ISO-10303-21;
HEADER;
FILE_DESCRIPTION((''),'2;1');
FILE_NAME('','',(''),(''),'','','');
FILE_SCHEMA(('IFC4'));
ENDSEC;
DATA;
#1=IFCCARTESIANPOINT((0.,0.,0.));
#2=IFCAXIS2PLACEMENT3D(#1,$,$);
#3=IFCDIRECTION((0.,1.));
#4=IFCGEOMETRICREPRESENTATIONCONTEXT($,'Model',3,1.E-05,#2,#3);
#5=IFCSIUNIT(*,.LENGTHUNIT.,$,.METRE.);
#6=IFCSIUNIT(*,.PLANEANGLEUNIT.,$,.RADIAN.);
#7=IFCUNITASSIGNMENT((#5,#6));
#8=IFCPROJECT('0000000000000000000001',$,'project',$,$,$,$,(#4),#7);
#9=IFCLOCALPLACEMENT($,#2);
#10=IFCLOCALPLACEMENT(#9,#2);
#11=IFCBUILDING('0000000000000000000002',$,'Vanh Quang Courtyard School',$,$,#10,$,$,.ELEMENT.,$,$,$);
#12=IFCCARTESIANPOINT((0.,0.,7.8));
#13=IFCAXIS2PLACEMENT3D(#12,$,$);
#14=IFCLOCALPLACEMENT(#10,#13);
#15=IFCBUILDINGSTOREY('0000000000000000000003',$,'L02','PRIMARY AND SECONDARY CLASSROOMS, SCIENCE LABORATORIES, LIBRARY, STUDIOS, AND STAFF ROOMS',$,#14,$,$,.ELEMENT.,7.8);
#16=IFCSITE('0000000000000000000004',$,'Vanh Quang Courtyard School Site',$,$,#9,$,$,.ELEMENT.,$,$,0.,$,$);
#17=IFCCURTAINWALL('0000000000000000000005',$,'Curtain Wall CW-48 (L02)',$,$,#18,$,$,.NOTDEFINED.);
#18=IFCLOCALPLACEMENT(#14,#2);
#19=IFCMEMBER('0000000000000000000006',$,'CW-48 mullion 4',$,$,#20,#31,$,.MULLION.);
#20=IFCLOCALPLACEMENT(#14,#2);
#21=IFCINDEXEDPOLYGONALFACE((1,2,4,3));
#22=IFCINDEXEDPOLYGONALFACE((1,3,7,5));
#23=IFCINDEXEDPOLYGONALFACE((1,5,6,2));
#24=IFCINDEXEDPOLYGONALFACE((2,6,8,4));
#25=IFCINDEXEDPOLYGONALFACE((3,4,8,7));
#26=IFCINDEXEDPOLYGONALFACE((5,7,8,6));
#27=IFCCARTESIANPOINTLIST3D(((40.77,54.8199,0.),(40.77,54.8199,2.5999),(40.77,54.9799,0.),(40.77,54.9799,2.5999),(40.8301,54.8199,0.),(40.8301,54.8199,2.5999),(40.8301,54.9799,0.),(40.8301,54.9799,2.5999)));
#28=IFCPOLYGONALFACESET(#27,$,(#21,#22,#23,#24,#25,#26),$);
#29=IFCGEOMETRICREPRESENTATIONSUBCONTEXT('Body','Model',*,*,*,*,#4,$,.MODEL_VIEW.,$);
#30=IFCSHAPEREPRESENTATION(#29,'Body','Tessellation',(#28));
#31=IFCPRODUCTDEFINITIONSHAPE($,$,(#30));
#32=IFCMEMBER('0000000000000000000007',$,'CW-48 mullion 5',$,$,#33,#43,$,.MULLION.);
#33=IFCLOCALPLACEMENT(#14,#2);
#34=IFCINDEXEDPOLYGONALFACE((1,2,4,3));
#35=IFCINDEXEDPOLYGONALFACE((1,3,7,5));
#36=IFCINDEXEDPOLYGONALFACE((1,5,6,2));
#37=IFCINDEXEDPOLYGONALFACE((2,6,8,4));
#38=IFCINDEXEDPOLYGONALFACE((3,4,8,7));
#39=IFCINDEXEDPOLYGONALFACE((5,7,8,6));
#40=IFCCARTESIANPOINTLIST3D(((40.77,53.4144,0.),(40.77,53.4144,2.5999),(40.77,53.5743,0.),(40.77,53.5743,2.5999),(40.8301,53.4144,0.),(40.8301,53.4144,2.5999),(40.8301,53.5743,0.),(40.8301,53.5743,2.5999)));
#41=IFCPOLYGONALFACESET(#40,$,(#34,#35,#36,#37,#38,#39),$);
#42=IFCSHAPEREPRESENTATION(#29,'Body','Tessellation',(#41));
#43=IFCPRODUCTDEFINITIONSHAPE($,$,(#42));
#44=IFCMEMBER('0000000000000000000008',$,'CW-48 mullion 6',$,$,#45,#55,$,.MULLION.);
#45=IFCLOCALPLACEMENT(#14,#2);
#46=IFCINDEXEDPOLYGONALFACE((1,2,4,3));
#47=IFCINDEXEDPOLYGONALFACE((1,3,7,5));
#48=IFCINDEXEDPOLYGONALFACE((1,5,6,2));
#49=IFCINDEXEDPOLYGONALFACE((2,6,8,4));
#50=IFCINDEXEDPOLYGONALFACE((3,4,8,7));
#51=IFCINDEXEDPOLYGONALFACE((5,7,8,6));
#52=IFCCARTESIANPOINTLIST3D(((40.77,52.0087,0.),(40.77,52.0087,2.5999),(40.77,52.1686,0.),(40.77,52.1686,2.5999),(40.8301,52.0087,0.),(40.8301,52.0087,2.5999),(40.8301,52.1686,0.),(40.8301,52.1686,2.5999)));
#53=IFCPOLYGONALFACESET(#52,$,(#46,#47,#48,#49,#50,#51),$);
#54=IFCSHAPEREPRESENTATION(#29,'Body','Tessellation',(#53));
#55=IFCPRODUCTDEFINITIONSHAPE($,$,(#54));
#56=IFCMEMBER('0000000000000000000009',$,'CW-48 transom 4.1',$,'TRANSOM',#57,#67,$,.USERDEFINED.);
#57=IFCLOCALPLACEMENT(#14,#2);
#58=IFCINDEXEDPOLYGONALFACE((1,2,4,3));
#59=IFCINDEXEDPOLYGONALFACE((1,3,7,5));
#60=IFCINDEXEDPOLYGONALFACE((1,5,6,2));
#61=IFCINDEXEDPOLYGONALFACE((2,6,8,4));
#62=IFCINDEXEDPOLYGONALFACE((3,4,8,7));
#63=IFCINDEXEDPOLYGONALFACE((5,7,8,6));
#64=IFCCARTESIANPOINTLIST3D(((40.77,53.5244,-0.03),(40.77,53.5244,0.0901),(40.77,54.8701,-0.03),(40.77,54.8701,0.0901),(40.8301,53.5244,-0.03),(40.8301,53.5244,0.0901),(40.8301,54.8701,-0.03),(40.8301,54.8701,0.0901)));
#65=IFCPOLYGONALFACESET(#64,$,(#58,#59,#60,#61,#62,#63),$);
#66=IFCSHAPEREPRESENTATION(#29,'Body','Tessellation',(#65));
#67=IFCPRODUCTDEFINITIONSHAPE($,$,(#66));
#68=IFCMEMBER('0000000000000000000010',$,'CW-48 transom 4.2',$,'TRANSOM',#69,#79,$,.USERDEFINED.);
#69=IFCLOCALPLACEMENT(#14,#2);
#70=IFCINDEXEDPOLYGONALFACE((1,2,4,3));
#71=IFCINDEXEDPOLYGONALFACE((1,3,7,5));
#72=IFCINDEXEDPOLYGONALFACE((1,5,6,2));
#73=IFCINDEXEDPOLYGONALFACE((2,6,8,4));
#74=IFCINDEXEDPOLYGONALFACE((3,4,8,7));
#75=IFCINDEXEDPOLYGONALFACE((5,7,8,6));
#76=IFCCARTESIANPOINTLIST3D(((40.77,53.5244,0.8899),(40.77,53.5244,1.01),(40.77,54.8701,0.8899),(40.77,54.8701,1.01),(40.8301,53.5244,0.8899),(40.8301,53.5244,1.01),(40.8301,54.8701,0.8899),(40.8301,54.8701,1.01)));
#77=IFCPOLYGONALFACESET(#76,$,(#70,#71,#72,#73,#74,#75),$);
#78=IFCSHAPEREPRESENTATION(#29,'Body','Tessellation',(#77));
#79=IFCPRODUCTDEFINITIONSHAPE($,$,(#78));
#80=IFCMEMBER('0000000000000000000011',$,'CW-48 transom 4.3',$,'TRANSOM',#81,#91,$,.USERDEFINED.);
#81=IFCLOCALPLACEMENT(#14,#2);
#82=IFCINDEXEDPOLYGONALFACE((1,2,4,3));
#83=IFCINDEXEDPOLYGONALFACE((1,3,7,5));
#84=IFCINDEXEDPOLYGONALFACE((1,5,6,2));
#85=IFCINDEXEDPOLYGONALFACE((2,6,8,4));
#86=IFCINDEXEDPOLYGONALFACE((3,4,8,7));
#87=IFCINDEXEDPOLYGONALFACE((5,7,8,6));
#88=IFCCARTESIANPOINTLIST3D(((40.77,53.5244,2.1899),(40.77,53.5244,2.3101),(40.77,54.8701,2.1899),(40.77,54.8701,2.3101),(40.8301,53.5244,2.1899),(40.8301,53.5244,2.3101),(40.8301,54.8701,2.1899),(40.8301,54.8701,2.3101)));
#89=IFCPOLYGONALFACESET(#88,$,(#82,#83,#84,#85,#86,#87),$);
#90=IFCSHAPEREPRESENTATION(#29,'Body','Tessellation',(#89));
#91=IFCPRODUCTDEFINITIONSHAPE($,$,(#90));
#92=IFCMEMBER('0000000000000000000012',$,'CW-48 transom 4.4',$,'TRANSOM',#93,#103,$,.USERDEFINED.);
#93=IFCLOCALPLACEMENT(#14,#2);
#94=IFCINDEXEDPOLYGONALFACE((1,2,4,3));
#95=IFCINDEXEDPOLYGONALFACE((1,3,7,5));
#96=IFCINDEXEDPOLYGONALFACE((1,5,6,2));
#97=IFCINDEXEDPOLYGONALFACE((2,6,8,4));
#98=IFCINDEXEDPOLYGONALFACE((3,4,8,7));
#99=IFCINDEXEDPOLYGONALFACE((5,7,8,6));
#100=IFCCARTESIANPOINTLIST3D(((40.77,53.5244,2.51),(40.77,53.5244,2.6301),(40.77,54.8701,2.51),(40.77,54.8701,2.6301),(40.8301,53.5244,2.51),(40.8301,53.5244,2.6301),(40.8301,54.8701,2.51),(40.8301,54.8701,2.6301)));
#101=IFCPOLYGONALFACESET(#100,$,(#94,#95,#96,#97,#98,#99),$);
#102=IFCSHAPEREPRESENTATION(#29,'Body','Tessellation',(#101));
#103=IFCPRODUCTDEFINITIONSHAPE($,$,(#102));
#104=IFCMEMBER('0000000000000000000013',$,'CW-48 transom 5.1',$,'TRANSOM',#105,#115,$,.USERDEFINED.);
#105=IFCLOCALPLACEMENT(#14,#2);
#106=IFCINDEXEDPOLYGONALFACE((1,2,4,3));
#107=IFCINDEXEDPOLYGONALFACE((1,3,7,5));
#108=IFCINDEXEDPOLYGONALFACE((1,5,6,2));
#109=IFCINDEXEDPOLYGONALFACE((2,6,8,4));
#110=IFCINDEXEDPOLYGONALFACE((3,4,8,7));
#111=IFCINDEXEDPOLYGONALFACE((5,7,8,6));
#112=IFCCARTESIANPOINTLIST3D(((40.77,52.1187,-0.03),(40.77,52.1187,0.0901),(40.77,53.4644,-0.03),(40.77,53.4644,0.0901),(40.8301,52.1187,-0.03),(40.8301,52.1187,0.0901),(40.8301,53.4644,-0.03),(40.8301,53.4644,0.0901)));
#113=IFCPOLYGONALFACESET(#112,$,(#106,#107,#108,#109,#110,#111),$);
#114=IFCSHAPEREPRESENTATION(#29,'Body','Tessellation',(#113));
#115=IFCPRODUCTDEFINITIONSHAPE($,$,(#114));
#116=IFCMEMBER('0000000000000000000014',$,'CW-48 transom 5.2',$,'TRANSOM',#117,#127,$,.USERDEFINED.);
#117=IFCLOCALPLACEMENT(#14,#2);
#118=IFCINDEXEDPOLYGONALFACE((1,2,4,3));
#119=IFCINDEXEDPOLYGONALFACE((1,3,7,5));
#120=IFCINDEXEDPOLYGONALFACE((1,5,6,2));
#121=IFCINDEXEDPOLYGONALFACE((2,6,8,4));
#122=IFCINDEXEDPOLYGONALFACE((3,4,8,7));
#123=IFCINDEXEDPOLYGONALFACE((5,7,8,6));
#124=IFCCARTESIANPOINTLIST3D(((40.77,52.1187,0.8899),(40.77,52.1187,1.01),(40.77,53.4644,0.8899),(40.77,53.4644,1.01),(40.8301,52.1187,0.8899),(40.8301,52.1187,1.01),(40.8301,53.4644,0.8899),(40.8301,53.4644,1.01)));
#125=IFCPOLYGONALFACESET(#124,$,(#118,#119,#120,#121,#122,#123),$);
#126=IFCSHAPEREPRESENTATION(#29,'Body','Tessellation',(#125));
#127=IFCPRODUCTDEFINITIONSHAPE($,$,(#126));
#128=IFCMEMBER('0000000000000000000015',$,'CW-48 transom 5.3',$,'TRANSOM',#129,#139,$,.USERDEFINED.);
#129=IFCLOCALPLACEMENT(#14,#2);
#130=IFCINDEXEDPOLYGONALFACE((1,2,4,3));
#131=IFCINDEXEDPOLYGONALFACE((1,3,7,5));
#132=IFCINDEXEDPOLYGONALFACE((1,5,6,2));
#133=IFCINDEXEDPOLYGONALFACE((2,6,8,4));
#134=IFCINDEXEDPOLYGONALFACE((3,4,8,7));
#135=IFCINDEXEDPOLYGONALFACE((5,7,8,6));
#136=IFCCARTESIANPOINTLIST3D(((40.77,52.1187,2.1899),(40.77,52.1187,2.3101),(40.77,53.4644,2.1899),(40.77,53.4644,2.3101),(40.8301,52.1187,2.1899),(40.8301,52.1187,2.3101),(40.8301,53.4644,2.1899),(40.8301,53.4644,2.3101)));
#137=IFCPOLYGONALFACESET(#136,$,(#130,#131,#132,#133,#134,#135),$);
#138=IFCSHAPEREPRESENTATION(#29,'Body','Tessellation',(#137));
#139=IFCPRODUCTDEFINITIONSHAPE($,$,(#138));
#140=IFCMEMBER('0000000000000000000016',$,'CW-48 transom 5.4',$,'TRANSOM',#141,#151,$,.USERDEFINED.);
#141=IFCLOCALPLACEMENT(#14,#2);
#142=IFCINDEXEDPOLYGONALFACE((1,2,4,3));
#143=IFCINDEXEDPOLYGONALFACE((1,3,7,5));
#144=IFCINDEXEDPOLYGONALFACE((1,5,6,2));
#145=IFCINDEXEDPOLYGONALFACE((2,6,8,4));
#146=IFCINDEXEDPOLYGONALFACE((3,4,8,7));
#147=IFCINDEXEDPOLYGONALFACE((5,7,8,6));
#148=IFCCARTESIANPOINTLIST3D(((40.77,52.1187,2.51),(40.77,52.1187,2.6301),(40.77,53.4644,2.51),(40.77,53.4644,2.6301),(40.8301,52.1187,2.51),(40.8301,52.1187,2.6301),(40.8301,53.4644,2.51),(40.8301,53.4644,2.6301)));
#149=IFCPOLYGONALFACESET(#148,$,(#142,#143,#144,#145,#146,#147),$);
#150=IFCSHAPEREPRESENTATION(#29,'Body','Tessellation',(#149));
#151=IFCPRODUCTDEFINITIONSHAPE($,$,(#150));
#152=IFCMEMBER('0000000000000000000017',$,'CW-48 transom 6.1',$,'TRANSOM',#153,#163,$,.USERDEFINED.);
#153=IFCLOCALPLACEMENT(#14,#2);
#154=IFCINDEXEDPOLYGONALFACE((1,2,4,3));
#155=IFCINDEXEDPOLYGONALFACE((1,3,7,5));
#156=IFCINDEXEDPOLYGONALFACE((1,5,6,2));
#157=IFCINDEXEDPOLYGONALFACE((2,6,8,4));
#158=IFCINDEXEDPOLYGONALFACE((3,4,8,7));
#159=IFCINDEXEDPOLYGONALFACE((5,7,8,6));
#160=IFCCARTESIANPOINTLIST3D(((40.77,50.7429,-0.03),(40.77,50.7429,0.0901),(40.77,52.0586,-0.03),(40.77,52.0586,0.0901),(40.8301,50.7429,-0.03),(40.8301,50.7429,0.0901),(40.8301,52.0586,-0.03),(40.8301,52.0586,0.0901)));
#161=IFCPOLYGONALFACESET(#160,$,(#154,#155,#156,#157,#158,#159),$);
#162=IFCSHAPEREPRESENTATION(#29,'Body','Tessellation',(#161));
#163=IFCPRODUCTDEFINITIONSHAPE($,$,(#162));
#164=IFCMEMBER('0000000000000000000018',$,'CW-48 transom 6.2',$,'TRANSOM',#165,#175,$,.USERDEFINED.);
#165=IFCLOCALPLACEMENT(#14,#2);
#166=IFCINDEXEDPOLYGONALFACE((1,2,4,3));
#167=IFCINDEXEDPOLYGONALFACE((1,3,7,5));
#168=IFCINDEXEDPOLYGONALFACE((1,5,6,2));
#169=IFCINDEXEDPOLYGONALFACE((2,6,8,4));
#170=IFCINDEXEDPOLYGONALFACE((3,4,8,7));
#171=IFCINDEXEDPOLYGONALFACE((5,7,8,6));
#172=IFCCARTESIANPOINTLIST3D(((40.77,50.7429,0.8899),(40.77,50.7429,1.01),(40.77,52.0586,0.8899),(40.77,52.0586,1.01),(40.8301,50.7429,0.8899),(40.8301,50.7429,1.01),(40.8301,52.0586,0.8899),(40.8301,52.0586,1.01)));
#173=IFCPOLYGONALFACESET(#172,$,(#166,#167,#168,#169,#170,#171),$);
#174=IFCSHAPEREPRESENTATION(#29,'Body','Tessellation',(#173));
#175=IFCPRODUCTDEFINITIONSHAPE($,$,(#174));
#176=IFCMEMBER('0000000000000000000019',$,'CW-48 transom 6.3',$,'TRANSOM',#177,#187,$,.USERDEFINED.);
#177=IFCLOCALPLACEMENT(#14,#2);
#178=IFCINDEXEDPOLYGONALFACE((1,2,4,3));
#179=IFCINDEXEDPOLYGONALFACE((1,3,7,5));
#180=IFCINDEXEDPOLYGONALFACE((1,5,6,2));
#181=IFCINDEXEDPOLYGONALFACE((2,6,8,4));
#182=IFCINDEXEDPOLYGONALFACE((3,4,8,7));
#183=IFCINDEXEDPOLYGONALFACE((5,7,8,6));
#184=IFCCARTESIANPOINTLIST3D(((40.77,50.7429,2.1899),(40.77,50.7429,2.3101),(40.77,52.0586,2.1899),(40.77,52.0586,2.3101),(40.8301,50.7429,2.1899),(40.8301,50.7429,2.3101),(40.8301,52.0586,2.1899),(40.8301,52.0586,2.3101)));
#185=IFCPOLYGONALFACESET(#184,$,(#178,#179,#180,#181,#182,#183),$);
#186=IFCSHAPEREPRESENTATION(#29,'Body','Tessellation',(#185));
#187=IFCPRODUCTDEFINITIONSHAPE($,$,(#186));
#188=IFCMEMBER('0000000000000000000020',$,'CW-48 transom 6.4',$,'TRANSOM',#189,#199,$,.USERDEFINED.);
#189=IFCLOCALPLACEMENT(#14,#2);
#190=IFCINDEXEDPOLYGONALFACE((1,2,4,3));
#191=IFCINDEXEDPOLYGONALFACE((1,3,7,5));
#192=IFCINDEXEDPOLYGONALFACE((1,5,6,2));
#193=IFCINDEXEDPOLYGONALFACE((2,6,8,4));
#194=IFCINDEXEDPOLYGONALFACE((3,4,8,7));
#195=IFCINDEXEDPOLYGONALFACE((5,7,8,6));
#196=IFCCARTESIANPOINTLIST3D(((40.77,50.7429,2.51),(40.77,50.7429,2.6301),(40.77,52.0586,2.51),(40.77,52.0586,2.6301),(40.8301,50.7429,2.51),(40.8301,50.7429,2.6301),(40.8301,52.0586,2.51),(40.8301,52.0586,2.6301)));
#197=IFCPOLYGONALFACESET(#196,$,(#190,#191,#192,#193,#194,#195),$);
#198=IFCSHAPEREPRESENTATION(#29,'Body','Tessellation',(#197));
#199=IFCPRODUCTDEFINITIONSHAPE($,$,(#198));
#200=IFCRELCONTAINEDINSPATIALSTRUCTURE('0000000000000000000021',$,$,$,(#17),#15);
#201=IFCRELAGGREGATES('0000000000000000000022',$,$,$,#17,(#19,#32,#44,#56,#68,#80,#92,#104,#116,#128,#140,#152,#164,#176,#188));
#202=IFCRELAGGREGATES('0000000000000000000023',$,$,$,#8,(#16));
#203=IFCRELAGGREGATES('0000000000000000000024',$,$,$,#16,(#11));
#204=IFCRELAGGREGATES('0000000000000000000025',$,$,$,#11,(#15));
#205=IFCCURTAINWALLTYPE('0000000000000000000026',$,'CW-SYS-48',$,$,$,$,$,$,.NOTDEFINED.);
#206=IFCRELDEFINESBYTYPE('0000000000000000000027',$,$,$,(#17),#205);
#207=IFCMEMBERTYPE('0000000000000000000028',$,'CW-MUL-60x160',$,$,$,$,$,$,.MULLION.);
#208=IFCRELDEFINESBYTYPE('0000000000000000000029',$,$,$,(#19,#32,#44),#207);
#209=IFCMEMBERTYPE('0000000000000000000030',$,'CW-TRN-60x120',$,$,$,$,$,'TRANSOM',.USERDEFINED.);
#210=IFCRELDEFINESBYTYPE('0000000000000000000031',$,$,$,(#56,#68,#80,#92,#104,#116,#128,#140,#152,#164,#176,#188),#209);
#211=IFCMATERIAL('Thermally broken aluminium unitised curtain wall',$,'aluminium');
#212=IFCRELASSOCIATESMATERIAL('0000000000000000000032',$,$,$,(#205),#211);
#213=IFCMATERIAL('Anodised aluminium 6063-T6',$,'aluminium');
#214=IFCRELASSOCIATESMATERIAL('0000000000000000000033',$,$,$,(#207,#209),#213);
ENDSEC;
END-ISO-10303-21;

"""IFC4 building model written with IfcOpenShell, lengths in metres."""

from ifc_helpers import new_model, si_unit, direction, frame, origin, origin_2d, place, context, subcontext, project, spatial, rectangle, extrude, material, material_profile, profile_set, type_object, element, aggregate, save


model = new_model("IFC4")

# Units and contexts
model_context = context("Model", 3, precision=1e-05, world=origin(), true_north=direction((0.0, 1.0)))
body_context = subcontext(model_context, "Body", "Model", "MODEL_VIEW")
ifc_project = project(units=[si_unit("LENGTHUNIT", "METRE"), si_unit("PLANEANGLEUNIT", "RADIAN")], contexts=[model_context])

# Site, building, storey
site_placement = place(None, origin())
site = spatial("IfcSite", under=ifc_project, at=site_placement, Name="Vanh Quang Courtyard School Site", CompositionType="ELEMENT", RefElevation=0.0)
building_placement = place(site_placement, origin())
building = spatial("IfcBuilding", under=site, at=building_placement, Name="Vanh Quang Courtyard School", CompositionType="ELEMENT")
storey_placement = place(building_placement, frame((0.0, 0.0, 7.8)))
storey = spatial("IfcBuildingStorey", under=building, at=storey_placement, Name="L02", Description="PRIMARY AND SECONDARY CLASSROOMS, SCIENCE LABORATORIES, LIBRARY, STUDIOS, AND STAFF ROOMS", CompositionType="ELEMENT", Elevation=7.8)

# Curtain wall, members
ifc_material_1 = material(Name="Thermally broken aluminium unitised curtain wall", Category="aluminium")
curtain_wall_type = type_object("IfcCurtainWallType", Name="CW-SYS-48", PredefinedType="NOTDEFINED", material=ifc_material_1)
curtain_wall_placement = place(storey_placement, origin())
curtain_wall = element("IfcCurtainWall", 1, at=curtain_wall_placement, inside=storey, type_object=curtain_wall_type, Name="Curtain Wall CW-48 (L02)", PredefinedType="NOTDEFINED")
ifc_material_2 = material(Name="Anodised aluminium 6063-T6", Category="aluminium")
ifc_material_profile_1 = material_profile(ifc_material_2, rectangle(XDim=0.0601, YDim=0.1599, at=origin_2d()), Name="ALU-MUL 60x160")
ifc_profile_set_1 = profile_set([ifc_material_profile_1], Name="Anodised aluminium 6063-T6")
member_type_1 = type_object("IfcMemberType", Name="CW-MUL-60x160", PredefinedType="MULLION", material=ifc_profile_set_1)
member_1_placement = place(storey_placement, frame((40.8, 54.8999, 0.0), z_axis=(0.0, 0.0, 1.0), x_axis=(1.0, 0.0, 0.0)))
member_1 = element("IfcMember", 2, at=member_1_placement, type_object=member_type_1, Name="CW-48 mullion 4", PredefinedType="MULLION", context=body_context, shape_type="SweptSolid", body=[
    extrude(rectangle(XDim=0.0601, YDim=0.1599, at=origin_2d()), origin(), (0.0, 0.0, 1.0), 2.5999),
])
member_2_placement = place(storey_placement, frame((40.8, 53.4944, 0.0), z_axis=(0.0, 0.0, 1.0), x_axis=(1.0, 0.0, 0.0)))
member_2 = element("IfcMember", 3, at=member_2_placement, type_object=member_type_1, Name="CW-48 mullion 5", PredefinedType="MULLION", context=body_context, shape_type="SweptSolid", body=[
    extrude(rectangle(XDim=0.0601, YDim=0.1599, at=origin_2d()), origin(), (0.0, 0.0, 1.0), 2.5999),
])
member_3_placement = place(storey_placement, frame((40.8, 52.0886, 0.0), z_axis=(0.0, 0.0, 1.0), x_axis=(1.0, 0.0, 0.0)))
member_3 = element("IfcMember", 4, at=member_3_placement, type_object=member_type_1, Name="CW-48 mullion 6", PredefinedType="MULLION", context=body_context, shape_type="SweptSolid", body=[
    extrude(rectangle(XDim=0.0601, YDim=0.1599, at=origin_2d()), origin(), (0.0, 0.0, 1.0), 2.5999),
])
ifc_material_profile_2 = material_profile(ifc_material_2, rectangle(XDim=0.0601, YDim=0.1201, at=origin_2d()), Name="ALU-TRN 60x120")
ifc_profile_set_2 = profile_set([ifc_material_profile_2], Name="Anodised aluminium 6063-T6")
member_type_2 = type_object("IfcMemberType", Name="CW-TRN-60x120", ElementType="TRANSOM", PredefinedType="USERDEFINED", material=ifc_profile_set_2)
member_4_placement = place(storey_placement, frame((40.8, 54.8701, 0.03), z_axis=(0.0, -1.0, 0.0), x_axis=(1.0, 0.0, 0.0)))
member_4 = element("IfcMember", 5, at=member_4_placement, type_object=member_type_2, Name="CW-48 transom 4.1", ObjectType="TRANSOM", PredefinedType="USERDEFINED", context=body_context, shape_type="SweptSolid", body=[
    extrude(rectangle(XDim=0.0601, YDim=0.1201, at=origin_2d()), origin(), (0.0, 0.0, 1.0), 1.3457),
])
member_5_placement = place(storey_placement, frame((40.8, 54.8701, 0.95), z_axis=(0.0, -1.0, 0.0), x_axis=(1.0, 0.0, 0.0)))
member_5 = element("IfcMember", 6, at=member_5_placement, type_object=member_type_2, Name="CW-48 transom 4.2", ObjectType="TRANSOM", PredefinedType="USERDEFINED", context=body_context, shape_type="SweptSolid", body=[
    extrude(rectangle(XDim=0.0601, YDim=0.1201, at=origin_2d()), origin(), (0.0, 0.0, 1.0), 1.3457),
])
member_6_placement = place(storey_placement, frame((40.8, 54.8701, 2.25), z_axis=(0.0, -1.0, 0.0), x_axis=(1.0, 0.0, 0.0)))
member_6 = element("IfcMember", 7, at=member_6_placement, type_object=member_type_2, Name="CW-48 transom 4.3", ObjectType="TRANSOM", PredefinedType="USERDEFINED", context=body_context, shape_type="SweptSolid", body=[
    extrude(rectangle(XDim=0.0601, YDim=0.1201, at=origin_2d()), origin(), (0.0, 0.0, 1.0), 1.3457),
])
member_7_placement = place(storey_placement, frame((40.8, 54.8701, 2.5701), z_axis=(0.0, -1.0, 0.0), x_axis=(1.0, 0.0, 0.0)))
member_7 = element("IfcMember", 8, at=member_7_placement, type_object=member_type_2, Name="CW-48 transom 4.4", ObjectType="TRANSOM", PredefinedType="USERDEFINED", context=body_context, shape_type="SweptSolid", body=[
    extrude(rectangle(XDim=0.0601, YDim=0.1201, at=origin_2d()), origin(), (0.0, 0.0, 1.0), 1.3457),
])
member_8_placement = place(storey_placement, frame((40.8, 53.4644, 0.03), z_axis=(0.0, -1.0, 0.0), x_axis=(1.0, 0.0, 0.0)))
member_8 = element("IfcMember", 9, at=member_8_placement, type_object=member_type_2, Name="CW-48 transom 5.1", ObjectType="TRANSOM", PredefinedType="USERDEFINED", context=body_context, shape_type="SweptSolid", body=[
    extrude(rectangle(XDim=0.0601, YDim=0.1201, at=origin_2d()), origin(), (0.0, 0.0, 1.0), 1.3457),
])
member_9_placement = place(storey_placement, frame((40.8, 53.4644, 0.95), z_axis=(0.0, -1.0, 0.0), x_axis=(1.0, 0.0, 0.0)))
member_9 = element("IfcMember", 10, at=member_9_placement, type_object=member_type_2, Name="CW-48 transom 5.2", ObjectType="TRANSOM", PredefinedType="USERDEFINED", context=body_context, shape_type="SweptSolid", body=[
    extrude(rectangle(XDim=0.0601, YDim=0.1201, at=origin_2d()), origin(), (0.0, 0.0, 1.0), 1.3457),
])
member_10_placement = place(storey_placement, frame((40.8, 53.4644, 2.25), z_axis=(0.0, -1.0, 0.0), x_axis=(1.0, 0.0, 0.0)))
member_10 = element("IfcMember", 11, at=member_10_placement, type_object=member_type_2, Name="CW-48 transom 5.3", ObjectType="TRANSOM", PredefinedType="USERDEFINED", context=body_context, shape_type="SweptSolid", body=[
    extrude(rectangle(XDim=0.0601, YDim=0.1201, at=origin_2d()), origin(), (0.0, 0.0, 1.0), 1.3457),
])
member_11_placement = place(storey_placement, frame((40.8, 53.4644, 2.5701), z_axis=(0.0, -1.0, 0.0), x_axis=(1.0, 0.0, 0.0)))
member_11 = element("IfcMember", 12, at=member_11_placement, type_object=member_type_2, Name="CW-48 transom 5.4", ObjectType="TRANSOM", PredefinedType="USERDEFINED", context=body_context, shape_type="SweptSolid", body=[
    extrude(rectangle(XDim=0.0601, YDim=0.1201, at=origin_2d()), origin(), (0.0, 0.0, 1.0), 1.3457),
])
member_12_placement = place(storey_placement, frame((40.8, 52.0586, 0.03), z_axis=(0.0, -1.0, 0.0), x_axis=(1.0, 0.0, 0.0)))
member_12 = element("IfcMember", 13, at=member_12_placement, type_object=member_type_2, Name="CW-48 transom 6.1", ObjectType="TRANSOM", PredefinedType="USERDEFINED", context=body_context, shape_type="SweptSolid", body=[
    extrude(rectangle(XDim=0.0601, YDim=0.1201, at=origin_2d()), origin(), (0.0, 0.0, 1.0), 1.3157),
])
member_13_placement = place(storey_placement, frame((40.8, 52.0586, 0.95), z_axis=(0.0, -1.0, 0.0), x_axis=(1.0, 0.0, 0.0)))
member_13 = element("IfcMember", 14, at=member_13_placement, type_object=member_type_2, Name="CW-48 transom 6.2", ObjectType="TRANSOM", PredefinedType="USERDEFINED", context=body_context, shape_type="SweptSolid", body=[
    extrude(rectangle(XDim=0.0601, YDim=0.1201, at=origin_2d()), origin(), (0.0, 0.0, 1.0), 1.3157),
])
member_14_placement = place(storey_placement, frame((40.8, 52.0586, 2.25), z_axis=(0.0, -1.0, 0.0), x_axis=(1.0, 0.0, 0.0)))
member_14 = element("IfcMember", 15, at=member_14_placement, type_object=member_type_2, Name="CW-48 transom 6.3", ObjectType="TRANSOM", PredefinedType="USERDEFINED", context=body_context, shape_type="SweptSolid", body=[
    extrude(rectangle(XDim=0.0601, YDim=0.1201, at=origin_2d()), origin(), (0.0, 0.0, 1.0), 1.3157),
])
member_15_placement = place(storey_placement, frame((40.8, 52.0586, 2.5701), z_axis=(0.0, -1.0, 0.0), x_axis=(1.0, 0.0, 0.0)))
member_15 = element("IfcMember", 16, at=member_15_placement, type_object=member_type_2, Name="CW-48 transom 6.4", ObjectType="TRANSOM", PredefinedType="USERDEFINED", context=body_context, shape_type="SweptSolid", body=[
    extrude(rectangle(XDim=0.0601, YDim=0.1201, at=origin_2d()), origin(), (0.0, 0.0, 1.0), 1.3157),
])
aggregate(curtain_wall, [member_1, member_2, member_3, member_4, member_5, member_6, member_7, member_8, member_9, member_10, member_11, member_12, member_13, member_14, member_15])

save(model, "model.ifc")
